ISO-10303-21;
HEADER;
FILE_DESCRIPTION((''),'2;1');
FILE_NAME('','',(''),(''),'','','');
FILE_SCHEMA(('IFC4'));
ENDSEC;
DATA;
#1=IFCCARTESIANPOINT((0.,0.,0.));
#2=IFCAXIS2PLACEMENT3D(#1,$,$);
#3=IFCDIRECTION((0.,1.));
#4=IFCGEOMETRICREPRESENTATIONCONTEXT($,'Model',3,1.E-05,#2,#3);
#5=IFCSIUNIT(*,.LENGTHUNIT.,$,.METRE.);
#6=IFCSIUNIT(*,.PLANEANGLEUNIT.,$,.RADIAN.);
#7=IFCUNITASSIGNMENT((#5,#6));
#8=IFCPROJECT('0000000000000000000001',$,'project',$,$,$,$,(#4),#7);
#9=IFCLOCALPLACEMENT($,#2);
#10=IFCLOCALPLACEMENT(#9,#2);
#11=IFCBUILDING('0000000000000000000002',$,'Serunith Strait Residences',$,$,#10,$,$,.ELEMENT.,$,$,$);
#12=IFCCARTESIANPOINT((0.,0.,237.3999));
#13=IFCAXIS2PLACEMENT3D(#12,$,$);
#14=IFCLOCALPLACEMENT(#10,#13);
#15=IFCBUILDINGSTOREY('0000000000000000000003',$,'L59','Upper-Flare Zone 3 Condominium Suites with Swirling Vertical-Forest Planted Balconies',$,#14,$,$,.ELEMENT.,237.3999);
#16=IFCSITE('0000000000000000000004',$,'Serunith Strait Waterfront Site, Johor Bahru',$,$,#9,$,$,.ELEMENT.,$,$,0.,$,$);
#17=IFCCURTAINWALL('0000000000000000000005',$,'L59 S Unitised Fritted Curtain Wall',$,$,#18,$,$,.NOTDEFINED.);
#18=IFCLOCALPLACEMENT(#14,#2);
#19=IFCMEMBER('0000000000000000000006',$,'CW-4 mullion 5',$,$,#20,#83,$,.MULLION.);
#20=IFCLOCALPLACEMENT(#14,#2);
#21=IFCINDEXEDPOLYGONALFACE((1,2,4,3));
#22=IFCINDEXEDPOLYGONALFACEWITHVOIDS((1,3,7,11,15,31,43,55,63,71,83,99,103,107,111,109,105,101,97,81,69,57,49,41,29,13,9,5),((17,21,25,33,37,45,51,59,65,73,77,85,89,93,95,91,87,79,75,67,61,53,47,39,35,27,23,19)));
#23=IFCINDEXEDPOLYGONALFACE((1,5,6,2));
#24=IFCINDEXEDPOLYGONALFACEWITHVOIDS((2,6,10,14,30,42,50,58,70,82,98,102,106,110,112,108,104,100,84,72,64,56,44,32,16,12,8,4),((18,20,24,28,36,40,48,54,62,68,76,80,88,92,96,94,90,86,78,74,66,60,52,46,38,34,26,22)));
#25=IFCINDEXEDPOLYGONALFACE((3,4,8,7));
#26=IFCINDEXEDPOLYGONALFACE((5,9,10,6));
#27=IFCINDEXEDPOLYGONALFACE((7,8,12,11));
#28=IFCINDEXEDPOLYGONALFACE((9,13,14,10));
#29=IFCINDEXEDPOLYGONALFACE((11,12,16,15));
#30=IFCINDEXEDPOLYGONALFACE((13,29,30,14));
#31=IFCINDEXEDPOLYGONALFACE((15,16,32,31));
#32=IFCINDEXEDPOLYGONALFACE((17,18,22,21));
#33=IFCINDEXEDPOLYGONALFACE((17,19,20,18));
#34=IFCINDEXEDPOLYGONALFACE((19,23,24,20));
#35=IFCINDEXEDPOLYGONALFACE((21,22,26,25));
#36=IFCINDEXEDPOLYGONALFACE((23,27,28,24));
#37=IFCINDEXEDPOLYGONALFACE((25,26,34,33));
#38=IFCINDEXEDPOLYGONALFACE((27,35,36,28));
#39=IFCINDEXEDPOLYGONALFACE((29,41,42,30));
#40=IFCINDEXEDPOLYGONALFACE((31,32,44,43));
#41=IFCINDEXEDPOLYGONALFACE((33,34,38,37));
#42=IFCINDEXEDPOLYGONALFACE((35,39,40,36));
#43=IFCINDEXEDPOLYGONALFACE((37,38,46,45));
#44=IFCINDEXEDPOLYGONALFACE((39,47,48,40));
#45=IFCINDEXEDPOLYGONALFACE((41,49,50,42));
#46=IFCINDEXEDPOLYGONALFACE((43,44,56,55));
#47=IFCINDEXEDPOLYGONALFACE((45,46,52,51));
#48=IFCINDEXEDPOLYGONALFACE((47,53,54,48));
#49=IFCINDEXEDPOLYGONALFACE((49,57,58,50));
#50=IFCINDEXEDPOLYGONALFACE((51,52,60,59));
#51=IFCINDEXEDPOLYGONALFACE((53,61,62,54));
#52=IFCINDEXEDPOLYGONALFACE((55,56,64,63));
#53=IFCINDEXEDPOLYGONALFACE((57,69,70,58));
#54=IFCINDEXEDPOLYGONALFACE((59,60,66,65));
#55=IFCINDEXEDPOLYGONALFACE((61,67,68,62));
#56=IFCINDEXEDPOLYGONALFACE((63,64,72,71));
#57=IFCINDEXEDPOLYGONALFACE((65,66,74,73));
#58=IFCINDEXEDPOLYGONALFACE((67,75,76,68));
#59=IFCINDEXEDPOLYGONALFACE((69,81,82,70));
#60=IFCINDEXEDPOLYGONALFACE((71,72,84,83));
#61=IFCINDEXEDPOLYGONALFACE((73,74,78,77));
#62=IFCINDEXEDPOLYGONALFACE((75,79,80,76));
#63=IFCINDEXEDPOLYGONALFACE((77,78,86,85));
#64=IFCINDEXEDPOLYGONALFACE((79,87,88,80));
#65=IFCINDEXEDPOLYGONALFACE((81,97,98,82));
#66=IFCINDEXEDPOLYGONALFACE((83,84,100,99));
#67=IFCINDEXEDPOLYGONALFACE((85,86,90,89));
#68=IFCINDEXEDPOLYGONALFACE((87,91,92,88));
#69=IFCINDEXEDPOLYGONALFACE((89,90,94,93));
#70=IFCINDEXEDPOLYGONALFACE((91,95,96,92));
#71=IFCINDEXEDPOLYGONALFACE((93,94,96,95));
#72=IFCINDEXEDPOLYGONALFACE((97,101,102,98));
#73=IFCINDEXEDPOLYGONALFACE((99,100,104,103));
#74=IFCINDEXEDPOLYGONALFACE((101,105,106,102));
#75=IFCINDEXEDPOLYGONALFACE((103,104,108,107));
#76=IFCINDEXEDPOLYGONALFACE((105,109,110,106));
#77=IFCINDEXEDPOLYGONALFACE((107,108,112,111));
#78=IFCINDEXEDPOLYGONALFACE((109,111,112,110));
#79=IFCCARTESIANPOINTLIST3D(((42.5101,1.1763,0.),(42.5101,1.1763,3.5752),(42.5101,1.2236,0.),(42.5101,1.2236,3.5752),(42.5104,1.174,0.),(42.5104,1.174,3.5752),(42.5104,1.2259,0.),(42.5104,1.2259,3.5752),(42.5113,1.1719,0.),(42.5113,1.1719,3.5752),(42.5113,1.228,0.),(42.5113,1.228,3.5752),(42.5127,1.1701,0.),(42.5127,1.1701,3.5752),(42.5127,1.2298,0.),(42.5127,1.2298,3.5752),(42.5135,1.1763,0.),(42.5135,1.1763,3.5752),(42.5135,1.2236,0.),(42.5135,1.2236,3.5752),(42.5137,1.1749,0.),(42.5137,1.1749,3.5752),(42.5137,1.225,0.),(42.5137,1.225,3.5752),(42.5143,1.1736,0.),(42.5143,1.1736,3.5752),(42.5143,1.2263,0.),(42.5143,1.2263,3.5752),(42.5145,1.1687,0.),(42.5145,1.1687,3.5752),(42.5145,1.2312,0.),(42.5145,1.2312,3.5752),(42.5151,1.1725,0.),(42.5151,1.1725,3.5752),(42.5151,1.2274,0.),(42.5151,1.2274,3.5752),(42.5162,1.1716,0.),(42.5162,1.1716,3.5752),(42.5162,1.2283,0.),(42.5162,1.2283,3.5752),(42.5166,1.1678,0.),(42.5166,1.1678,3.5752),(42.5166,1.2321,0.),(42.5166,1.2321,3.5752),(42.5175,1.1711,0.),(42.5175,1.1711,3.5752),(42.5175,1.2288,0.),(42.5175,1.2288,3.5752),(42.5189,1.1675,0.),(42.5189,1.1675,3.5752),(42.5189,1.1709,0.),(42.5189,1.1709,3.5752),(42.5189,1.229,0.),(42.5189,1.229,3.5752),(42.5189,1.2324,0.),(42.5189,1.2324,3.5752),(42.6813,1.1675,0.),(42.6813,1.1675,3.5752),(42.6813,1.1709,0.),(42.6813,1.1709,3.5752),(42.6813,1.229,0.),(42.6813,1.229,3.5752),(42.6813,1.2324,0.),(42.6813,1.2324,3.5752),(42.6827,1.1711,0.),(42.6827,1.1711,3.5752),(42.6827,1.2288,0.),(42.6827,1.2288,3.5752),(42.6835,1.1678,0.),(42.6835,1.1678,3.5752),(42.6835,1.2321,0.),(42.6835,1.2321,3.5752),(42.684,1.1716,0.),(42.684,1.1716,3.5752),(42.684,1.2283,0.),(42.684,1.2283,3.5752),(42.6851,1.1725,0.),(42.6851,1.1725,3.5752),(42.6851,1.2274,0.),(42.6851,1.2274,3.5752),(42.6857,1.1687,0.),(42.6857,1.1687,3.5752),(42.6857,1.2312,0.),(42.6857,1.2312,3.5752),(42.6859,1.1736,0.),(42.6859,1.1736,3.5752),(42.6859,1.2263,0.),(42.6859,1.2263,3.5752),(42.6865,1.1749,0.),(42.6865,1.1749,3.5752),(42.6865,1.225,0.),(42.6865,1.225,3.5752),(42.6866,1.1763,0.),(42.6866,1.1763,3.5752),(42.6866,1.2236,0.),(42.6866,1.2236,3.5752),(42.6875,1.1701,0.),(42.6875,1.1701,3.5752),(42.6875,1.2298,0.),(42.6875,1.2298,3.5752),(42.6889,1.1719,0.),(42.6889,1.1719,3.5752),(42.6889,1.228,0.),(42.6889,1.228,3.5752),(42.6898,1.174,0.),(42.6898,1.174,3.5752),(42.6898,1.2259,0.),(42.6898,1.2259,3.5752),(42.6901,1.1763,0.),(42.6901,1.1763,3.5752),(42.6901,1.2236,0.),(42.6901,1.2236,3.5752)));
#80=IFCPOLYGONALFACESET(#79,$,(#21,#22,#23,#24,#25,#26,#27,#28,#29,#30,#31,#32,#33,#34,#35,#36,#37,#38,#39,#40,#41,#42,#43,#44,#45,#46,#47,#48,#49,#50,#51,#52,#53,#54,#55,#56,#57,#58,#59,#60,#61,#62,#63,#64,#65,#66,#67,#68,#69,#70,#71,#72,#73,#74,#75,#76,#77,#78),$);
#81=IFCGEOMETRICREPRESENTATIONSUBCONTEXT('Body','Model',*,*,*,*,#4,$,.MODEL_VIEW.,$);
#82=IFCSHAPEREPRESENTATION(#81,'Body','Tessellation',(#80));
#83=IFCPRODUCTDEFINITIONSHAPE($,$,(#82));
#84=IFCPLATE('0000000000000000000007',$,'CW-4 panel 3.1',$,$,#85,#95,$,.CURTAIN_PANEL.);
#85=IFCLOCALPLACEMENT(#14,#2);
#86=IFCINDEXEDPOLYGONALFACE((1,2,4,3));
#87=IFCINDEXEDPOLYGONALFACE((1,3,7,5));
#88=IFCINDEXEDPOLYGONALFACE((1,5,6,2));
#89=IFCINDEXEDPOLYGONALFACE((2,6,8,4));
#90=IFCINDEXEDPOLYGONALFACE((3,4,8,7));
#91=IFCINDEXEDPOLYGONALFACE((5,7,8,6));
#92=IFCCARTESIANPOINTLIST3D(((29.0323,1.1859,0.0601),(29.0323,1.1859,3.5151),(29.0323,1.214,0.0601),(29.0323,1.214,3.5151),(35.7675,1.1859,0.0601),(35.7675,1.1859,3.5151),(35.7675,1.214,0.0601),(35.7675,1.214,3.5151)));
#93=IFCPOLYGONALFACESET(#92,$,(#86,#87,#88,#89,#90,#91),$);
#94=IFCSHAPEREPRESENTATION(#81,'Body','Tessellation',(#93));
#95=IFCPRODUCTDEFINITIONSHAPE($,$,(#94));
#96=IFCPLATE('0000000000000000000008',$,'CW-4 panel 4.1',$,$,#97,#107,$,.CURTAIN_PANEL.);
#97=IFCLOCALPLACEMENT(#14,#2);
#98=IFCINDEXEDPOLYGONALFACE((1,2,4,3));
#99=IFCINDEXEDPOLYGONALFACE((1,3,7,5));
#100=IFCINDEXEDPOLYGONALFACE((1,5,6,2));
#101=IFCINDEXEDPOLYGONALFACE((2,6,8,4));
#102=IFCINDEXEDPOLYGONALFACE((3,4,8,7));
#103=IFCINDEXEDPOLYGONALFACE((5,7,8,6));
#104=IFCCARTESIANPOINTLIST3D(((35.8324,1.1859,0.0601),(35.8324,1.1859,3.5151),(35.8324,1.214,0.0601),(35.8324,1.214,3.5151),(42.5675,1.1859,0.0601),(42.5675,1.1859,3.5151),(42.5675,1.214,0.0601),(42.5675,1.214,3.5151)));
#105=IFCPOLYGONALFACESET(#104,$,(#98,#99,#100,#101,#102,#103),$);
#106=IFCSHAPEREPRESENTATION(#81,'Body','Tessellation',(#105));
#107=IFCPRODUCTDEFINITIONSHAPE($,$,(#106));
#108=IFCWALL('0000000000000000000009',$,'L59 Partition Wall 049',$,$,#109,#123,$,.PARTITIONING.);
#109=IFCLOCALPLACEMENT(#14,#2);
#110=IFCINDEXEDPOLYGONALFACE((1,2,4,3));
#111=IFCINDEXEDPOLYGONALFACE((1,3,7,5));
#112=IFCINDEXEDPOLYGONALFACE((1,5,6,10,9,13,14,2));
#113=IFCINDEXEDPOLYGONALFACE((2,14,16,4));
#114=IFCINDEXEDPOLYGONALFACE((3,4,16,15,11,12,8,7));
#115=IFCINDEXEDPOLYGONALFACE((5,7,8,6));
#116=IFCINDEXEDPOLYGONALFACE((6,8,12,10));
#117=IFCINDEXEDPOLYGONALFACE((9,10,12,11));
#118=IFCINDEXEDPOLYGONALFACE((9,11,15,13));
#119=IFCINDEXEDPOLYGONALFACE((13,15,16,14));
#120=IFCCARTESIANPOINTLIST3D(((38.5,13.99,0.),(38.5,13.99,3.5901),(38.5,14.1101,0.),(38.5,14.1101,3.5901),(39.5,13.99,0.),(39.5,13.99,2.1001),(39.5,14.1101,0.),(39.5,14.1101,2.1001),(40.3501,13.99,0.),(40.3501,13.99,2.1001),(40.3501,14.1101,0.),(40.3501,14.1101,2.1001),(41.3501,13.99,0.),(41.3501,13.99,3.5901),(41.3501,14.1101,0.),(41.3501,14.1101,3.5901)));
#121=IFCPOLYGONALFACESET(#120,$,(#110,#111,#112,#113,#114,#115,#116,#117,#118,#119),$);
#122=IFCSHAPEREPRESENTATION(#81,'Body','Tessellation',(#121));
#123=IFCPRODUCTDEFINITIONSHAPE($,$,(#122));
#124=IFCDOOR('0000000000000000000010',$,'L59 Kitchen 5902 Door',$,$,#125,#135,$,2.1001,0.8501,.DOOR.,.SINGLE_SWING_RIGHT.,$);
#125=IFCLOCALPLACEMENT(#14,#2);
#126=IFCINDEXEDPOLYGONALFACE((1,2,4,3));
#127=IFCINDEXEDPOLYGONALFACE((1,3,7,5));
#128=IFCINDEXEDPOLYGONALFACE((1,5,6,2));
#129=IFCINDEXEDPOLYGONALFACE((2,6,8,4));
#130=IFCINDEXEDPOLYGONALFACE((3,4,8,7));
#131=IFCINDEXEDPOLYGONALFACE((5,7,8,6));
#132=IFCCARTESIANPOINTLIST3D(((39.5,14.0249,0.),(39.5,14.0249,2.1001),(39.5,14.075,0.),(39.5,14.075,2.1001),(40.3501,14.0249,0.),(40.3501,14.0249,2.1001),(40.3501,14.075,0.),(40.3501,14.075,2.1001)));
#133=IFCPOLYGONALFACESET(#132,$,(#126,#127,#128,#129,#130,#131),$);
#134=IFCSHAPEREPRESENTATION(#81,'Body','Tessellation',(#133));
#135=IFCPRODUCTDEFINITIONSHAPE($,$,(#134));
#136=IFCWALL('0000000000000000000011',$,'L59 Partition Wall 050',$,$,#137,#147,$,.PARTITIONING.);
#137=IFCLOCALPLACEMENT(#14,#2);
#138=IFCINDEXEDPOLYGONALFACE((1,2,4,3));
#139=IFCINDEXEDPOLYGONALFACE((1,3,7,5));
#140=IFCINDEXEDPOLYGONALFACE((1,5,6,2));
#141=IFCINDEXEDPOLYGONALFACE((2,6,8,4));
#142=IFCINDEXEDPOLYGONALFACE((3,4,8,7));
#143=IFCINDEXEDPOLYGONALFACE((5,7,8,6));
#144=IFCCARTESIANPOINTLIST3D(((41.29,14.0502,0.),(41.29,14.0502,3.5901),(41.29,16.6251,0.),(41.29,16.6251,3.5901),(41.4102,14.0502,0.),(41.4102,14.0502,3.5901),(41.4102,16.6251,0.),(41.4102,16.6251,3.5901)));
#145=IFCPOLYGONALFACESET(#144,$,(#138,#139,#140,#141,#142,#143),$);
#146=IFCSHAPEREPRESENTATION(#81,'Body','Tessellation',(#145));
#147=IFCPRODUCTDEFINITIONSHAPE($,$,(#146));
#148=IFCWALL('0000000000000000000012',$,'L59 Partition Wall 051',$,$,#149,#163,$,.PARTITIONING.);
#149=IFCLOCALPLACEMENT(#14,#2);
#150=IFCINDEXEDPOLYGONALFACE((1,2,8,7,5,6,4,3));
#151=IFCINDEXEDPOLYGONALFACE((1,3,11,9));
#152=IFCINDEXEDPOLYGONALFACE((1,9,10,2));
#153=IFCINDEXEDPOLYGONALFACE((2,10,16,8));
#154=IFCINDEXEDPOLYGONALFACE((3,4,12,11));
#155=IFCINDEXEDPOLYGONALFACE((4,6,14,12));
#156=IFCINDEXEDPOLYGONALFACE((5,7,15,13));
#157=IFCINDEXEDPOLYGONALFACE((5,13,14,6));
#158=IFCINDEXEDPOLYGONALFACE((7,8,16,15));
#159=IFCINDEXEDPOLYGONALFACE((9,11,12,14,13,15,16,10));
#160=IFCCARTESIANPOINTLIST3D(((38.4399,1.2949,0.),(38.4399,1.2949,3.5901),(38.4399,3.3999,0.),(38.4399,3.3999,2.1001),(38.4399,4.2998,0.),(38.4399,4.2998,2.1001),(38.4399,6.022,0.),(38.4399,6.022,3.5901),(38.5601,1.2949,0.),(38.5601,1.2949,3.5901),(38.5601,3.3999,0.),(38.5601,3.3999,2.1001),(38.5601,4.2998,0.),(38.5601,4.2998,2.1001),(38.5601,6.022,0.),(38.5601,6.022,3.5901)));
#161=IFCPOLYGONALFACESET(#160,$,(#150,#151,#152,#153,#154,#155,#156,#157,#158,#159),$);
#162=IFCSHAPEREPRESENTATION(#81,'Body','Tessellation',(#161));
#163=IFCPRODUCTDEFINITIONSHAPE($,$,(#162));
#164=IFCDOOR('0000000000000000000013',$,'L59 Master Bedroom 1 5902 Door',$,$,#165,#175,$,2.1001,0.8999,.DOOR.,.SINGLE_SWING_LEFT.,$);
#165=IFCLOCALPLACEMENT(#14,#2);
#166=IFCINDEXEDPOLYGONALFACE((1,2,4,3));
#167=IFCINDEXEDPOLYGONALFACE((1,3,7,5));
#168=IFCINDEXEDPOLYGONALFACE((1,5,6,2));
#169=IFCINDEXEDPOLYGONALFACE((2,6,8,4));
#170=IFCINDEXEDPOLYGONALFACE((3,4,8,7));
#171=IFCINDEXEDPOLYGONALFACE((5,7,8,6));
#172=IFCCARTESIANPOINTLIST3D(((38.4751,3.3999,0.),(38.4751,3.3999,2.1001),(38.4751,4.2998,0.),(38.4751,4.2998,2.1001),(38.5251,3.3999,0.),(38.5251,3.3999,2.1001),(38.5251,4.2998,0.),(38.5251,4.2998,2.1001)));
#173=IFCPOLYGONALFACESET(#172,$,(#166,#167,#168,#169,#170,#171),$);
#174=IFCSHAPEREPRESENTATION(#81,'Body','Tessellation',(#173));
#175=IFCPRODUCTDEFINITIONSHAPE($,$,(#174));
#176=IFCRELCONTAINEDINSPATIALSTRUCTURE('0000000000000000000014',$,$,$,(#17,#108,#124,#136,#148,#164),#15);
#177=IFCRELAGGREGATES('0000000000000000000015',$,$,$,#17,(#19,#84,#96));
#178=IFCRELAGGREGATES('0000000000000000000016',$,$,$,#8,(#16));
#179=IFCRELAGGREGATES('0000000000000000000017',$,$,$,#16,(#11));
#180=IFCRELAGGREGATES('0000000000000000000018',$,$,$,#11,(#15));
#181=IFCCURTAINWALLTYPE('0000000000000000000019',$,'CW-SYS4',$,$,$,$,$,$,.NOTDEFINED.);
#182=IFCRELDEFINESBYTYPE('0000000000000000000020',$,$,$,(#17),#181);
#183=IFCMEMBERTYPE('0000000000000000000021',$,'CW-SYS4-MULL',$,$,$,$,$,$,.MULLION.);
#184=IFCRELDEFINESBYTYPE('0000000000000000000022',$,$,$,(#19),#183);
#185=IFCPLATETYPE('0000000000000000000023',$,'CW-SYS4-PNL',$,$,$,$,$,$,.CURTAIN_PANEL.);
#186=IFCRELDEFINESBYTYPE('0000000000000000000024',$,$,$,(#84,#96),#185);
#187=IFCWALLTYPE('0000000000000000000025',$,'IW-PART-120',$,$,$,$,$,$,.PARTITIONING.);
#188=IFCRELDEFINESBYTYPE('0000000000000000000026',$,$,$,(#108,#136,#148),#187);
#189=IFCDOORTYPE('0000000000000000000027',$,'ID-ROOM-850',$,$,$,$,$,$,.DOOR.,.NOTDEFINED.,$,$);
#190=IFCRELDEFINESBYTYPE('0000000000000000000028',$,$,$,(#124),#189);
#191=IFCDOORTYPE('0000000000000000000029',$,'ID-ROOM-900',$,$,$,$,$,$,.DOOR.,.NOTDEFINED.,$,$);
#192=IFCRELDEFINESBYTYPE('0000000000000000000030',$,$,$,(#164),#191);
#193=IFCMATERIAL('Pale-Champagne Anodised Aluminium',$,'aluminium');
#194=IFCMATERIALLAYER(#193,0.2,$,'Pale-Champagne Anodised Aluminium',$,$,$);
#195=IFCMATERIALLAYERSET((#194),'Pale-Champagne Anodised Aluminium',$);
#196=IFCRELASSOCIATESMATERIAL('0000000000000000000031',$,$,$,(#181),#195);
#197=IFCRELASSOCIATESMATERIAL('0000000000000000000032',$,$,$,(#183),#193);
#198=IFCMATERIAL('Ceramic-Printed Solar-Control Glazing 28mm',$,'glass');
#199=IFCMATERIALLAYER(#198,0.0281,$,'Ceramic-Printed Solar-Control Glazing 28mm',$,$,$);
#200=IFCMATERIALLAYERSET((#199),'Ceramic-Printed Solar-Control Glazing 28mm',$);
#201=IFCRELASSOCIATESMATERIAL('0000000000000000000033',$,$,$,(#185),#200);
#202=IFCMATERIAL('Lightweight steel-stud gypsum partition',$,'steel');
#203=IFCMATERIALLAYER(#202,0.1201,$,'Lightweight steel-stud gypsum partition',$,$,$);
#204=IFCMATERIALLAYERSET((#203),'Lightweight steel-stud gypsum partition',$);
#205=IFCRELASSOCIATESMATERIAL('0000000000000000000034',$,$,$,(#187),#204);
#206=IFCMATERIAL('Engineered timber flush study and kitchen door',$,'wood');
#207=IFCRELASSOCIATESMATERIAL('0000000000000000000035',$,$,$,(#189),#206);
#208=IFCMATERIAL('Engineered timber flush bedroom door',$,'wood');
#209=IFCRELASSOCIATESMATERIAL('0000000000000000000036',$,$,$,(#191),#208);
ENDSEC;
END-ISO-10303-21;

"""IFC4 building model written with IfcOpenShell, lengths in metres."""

from ifc_helpers import new_model, si_unit, direction, frame, frame_2d, origin, origin_2d, place, context, subcontext, project, spatial, rectangle, hollow_rectangle, extrude, source, transform, mapped, material, layer, layer_set, material_profile, profile_set, type_object, element, fill, aggregate, save


model = new_model("IFC4")

# Units and contexts
model_context = context("Model", 3, precision=1e-05, world=origin(), true_north=direction((0.0, 1.0)))
body_context = subcontext(model_context, "Body", "Model", "MODEL_VIEW")
ifc_project = project(units=[si_unit("LENGTHUNIT", "METRE"), si_unit("PLANEANGLEUNIT", "RADIAN")], contexts=[model_context])

# Site, building, storey
site_placement = place(None, origin())
site = spatial("IfcSite", under=ifc_project, at=site_placement, Name="Serunith Strait Waterfront Site, Johor Bahru", CompositionType="ELEMENT", RefElevation=0.0)
building_placement = place(site_placement, origin())
building = spatial("IfcBuilding", under=site, at=building_placement, Name="Serunith Strait Residences", CompositionType="ELEMENT")
storey_placement = place(building_placement, frame((0.0, 0.0, 237.3999)))
storey = spatial("IfcBuildingStorey", under=building, at=storey_placement, Name="L59", Description="Upper-Flare Zone 3 Condominium Suites with Swirling Vertical-Forest Planted Balconies", CompositionType="ELEMENT", Elevation=237.3999)

# Curtain wall, member, plates
ifc_material_1 = material(Name="Pale-Champagne Anodised Aluminium", Category="aluminium")
ifc_layer_1 = layer(ifc_material_1, 0.2, Name="Pale-Champagne Anodised Aluminium")
ifc_layer_set_1 = layer_set([ifc_layer_1], Name="Pale-Champagne Anodised Aluminium")
curtain_wall_type = type_object("IfcCurtainWallType", Name="CW-SYS4", PredefinedType="NOTDEFINED", material=ifc_layer_set_1)
curtain_wall_placement = place(storey_placement, origin())
curtain_wall = element("IfcCurtainWall", 1, at=curtain_wall_placement, inside=storey, type_object=curtain_wall_type, Name="L59 S Unitised Fritted Curtain Wall", PredefinedType="NOTDEFINED")
ifc_material_profile_1 = material_profile(ifc_material_1, hollow_rectangle(XDim=0.0649, YDim=0.1799, WallThickness=0.0034, InnerFilletRadius=0.0054, OuterFilletRadius=0.0088, at=origin_2d()), Name="ALU 180x65x3.5")
ifc_profile_set_1 = profile_set([ifc_material_profile_1], Name="Pale-Champagne Anodised Aluminium")
member_type_1 = type_object("IfcMemberType", Name="CW-SYS4-MULL", PredefinedType="MULLION", material=ifc_profile_set_1)
shared_shape_1 = source(origin(), body_context, "Body", "SweptSolid", [
    extrude(hollow_rectangle(XDim=0.0649, YDim=0.1799, WallThickness=0.0034, InnerFilletRadius=0.0054, OuterFilletRadius=0.0088, at=origin_2d()), origin(), (0.0, 0.0, 1.0), 3.5752),
])
member_1_placement = place(storey_placement, frame((42.6001, 1.2, 0.0), z_axis=(0.0, 0.0, 1.0), x_axis=(0.0, 1.0, 0.0)))
member_1 = element("IfcMember", 2, at=member_1_placement, type_object=member_type_1, Name="CW-4 mullion 5", PredefinedType="MULLION", context=body_context, shape_type="MappedRepresentation", body=[
    mapped(shared_shape_1, transform((0.0, 0.0, 0.0), scale=1.0)),
])
ifc_material_2 = material(Name="Ceramic-Printed Solar-Control Glazing 28mm", Category="glass")
ifc_layer_2 = layer(ifc_material_2, 0.0281, Name="Ceramic-Printed Solar-Control Glazing 28mm")
ifc_layer_set_2 = layer_set([ifc_layer_2], Name="Ceramic-Printed Solar-Control Glazing 28mm")
plate_type = type_object("IfcPlateType", Name="CW-SYS4-PNL", PredefinedType="CURTAIN_PANEL", material=ifc_layer_set_2)
shared_shape_2 = source(origin(), body_context, "Body", "SweptSolid", [
    extrude(rectangle(XDim=6.7351, YDim=0.0281, at=origin_2d()), origin(), (0.0, 0.0, 1.0), 3.4551),
])
plate_1_placement = place(storey_placement, frame((32.3999, 1.2, 0.0601), z_axis=(0.0, 0.0, 1.0), x_axis=(1.0, 0.0, 0.0)))
plate_1 = element("IfcPlate", 3, at=plate_1_placement, type_object=plate_type, Name="CW-4 panel 3.1", PredefinedType="CURTAIN_PANEL", context=body_context, shape_type="MappedRepresentation", body=[
    mapped(shared_shape_2, transform((0.0, 0.0, 0.0), scale=1.0)),
])
plate_2_placement = place(storey_placement, frame((39.2, 1.2, 0.0601), z_axis=(0.0, 0.0, 1.0), x_axis=(1.0, 0.0, 0.0)))
plate_2 = element("IfcPlate", 4, at=plate_2_placement, type_object=plate_type, Name="CW-4 panel 4.1", PredefinedType="CURTAIN_PANEL", context=body_context, shape_type="MappedRepresentation", body=[
    mapped(shared_shape_2, transform((0.0, 0.0, 0.0), scale=1.0)),
])
aggregate(curtain_wall, [member_1, plate_1, plate_2])

# Wall, opening, door
ifc_material_3 = material(Name="Lightweight steel-stud gypsum partition", Category="steel")
ifc_layer_3 = layer(ifc_material_3, 0.1201, Name="Lightweight steel-stud gypsum partition")
ifc_layer_set_3 = layer_set([ifc_layer_3], Name="Lightweight steel-stud gypsum partition")
wall_type_1 = type_object("IfcWallType", Name="IW-PART-120", PredefinedType="PARTITIONING", material=ifc_layer_set_3)
wall_1_placement = place(storey_placement, frame((38.5, 14.05, 0.0), z_axis=(0.0, 0.0, 1.0), x_axis=(1.0, 0.0, 0.0)))
wall_1 = element("IfcWall", 5, at=wall_1_placement, inside=storey, type_object=wall_type_1, Name="L59 Partition Wall 049", PredefinedType="PARTITIONING", context=body_context, shape_type="SweptSolid", body=[
    extrude(rectangle(XDim=2.8501, YDim=0.1201, at=frame_2d((1.425, 0.0))), origin(), (0.0, 0.0, 1.0), 3.5901),
])
opening_1_placement = place(wall_1_placement, frame((1.0, 0.0, 0.0)))
opening_1 = element("IfcOpeningElement", 6, at=opening_1_placement, cuts=wall_1, PredefinedType="OPENING", context=body_context, shape_type="SweptSolid", body=[
    extrude(rectangle(XDim=0.8501, YDim=2.1001, at=frame_2d((0.425, 1.05))), frame((0.0, 0.0701, 0.0), z_axis=(0.0, -1.0, 0.0), x_axis=(1.0, 0.0, 0.0)), (0.0, 0.0, 1.0), 0.1401),
])
ifc_material_4 = material(Name="Engineered timber flush study and kitchen door", Category="wood")
door_type_1 = type_object("IfcDoorType", Name="ID-ROOM-850", OperationType="NOTDEFINED", PredefinedType="DOOR", material=ifc_material_4)
shared_shape_3 = source(origin(), body_context, "Body", "SweptSolid", [
    extrude(rectangle(XDim=0.8501, YDim=2.1001, at=frame_2d((0.425, 1.05))), frame((0.0, 0.0249, 0.0), z_axis=(0.0, -1.0, 0.0), x_axis=(1.0, 0.0, 0.0)), (0.0, 0.0, 1.0), 0.05),
])
door_1_placement = place(opening_1_placement, origin())
door_1 = element("IfcDoor", 7, at=door_1_placement, inside=storey, type_object=door_type_1, Name="L59 Kitchen 5902 Door", OperationType="SINGLE_SWING_RIGHT", OverallHeight=2.1001, OverallWidth=0.8501, PredefinedType="DOOR", context=body_context, shape_type="MappedRepresentation", body=[
    mapped(shared_shape_3, transform((0.0, 0.0, 0.0), scale=1.0)),
])
fill(opening_1, door_1)

# Wall
wall_2_placement = place(storey_placement, frame((41.3501, 14.05, 0.0), z_axis=(0.0, 0.0, 1.0), x_axis=(0.0, 1.0, 0.0)))
element("IfcWall", 8, at=wall_2_placement, inside=storey, type_object=wall_type_1, Name="L59 Partition Wall 050", PredefinedType="PARTITIONING", context=body_context, shape_type="SweptSolid", body=[
    extrude(rectangle(XDim=2.575, YDim=0.1201, at=frame_2d((1.2876, 0.0))), origin(), (0.0, 0.0, 1.0), 3.5901),
])

# Wall, opening, door
wall_3_placement = place(storey_placement, frame((38.5, 1.2949, 0.0), z_axis=(0.0, 0.0, 1.0), x_axis=(0.0, 1.0, 0.0)))
wall_3 = element("IfcWall", 9, at=wall_3_placement, inside=storey, type_object=wall_type_1, Name="L59 Partition Wall 051", PredefinedType="PARTITIONING", context=body_context, shape_type="SweptSolid", body=[
    extrude(rectangle(XDim=4.7271, YDim=0.1201, at=frame_2d((2.3635, 0.0))), origin(), (0.0, 0.0, 1.0), 3.5901),
])
opening_2_placement = place(wall_3_placement, frame((2.105, 0.0, 0.0)))
opening_2 = element("IfcOpeningElement", 10, at=opening_2_placement, cuts=wall_3, PredefinedType="OPENING", context=body_context, shape_type="SweptSolid", body=[
    extrude(rectangle(XDim=0.8999, YDim=2.1001, at=frame_2d((0.45, 1.05))), frame((0.0, 0.0701, 0.0), z_axis=(0.0, -1.0, 0.0), x_axis=(1.0, 0.0, 0.0)), (0.0, 0.0, 1.0), 0.1401),
])
ifc_material_5 = material(Name="Engineered timber flush bedroom door", Category="wood")
door_type_2 = type_object("IfcDoorType", Name="ID-ROOM-900", OperationType="NOTDEFINED", PredefinedType="DOOR", material=ifc_material_5)
shared_shape_4 = source(origin(), body_context, "Body", "SweptSolid", [
    extrude(rectangle(XDim=0.8999, YDim=2.1001, at=frame_2d((0.45, 1.05))), frame((0.0, 0.0249, 0.0), z_axis=(0.0, -1.0, 0.0), x_axis=(1.0, 0.0, 0.0)), (0.0, 0.0, 1.0), 0.05),
])
door_2_placement = place(opening_2_placement, origin())
door_2 = element("IfcDoor", 11, at=door_2_placement, inside=storey, type_object=door_type_2, Name="L59 Master Bedroom 1 5902 Door", OperationType="SINGLE_SWING_LEFT", OverallHeight=2.1001, OverallWidth=0.8999, PredefinedType="DOOR", context=body_context, shape_type="MappedRepresentation", body=[
    mapped(shared_shape_4, transform((0.0, 0.0, 0.0), scale=1.0)),
])
fill(opening_2, door_2)

save(model, "model.ifc")
